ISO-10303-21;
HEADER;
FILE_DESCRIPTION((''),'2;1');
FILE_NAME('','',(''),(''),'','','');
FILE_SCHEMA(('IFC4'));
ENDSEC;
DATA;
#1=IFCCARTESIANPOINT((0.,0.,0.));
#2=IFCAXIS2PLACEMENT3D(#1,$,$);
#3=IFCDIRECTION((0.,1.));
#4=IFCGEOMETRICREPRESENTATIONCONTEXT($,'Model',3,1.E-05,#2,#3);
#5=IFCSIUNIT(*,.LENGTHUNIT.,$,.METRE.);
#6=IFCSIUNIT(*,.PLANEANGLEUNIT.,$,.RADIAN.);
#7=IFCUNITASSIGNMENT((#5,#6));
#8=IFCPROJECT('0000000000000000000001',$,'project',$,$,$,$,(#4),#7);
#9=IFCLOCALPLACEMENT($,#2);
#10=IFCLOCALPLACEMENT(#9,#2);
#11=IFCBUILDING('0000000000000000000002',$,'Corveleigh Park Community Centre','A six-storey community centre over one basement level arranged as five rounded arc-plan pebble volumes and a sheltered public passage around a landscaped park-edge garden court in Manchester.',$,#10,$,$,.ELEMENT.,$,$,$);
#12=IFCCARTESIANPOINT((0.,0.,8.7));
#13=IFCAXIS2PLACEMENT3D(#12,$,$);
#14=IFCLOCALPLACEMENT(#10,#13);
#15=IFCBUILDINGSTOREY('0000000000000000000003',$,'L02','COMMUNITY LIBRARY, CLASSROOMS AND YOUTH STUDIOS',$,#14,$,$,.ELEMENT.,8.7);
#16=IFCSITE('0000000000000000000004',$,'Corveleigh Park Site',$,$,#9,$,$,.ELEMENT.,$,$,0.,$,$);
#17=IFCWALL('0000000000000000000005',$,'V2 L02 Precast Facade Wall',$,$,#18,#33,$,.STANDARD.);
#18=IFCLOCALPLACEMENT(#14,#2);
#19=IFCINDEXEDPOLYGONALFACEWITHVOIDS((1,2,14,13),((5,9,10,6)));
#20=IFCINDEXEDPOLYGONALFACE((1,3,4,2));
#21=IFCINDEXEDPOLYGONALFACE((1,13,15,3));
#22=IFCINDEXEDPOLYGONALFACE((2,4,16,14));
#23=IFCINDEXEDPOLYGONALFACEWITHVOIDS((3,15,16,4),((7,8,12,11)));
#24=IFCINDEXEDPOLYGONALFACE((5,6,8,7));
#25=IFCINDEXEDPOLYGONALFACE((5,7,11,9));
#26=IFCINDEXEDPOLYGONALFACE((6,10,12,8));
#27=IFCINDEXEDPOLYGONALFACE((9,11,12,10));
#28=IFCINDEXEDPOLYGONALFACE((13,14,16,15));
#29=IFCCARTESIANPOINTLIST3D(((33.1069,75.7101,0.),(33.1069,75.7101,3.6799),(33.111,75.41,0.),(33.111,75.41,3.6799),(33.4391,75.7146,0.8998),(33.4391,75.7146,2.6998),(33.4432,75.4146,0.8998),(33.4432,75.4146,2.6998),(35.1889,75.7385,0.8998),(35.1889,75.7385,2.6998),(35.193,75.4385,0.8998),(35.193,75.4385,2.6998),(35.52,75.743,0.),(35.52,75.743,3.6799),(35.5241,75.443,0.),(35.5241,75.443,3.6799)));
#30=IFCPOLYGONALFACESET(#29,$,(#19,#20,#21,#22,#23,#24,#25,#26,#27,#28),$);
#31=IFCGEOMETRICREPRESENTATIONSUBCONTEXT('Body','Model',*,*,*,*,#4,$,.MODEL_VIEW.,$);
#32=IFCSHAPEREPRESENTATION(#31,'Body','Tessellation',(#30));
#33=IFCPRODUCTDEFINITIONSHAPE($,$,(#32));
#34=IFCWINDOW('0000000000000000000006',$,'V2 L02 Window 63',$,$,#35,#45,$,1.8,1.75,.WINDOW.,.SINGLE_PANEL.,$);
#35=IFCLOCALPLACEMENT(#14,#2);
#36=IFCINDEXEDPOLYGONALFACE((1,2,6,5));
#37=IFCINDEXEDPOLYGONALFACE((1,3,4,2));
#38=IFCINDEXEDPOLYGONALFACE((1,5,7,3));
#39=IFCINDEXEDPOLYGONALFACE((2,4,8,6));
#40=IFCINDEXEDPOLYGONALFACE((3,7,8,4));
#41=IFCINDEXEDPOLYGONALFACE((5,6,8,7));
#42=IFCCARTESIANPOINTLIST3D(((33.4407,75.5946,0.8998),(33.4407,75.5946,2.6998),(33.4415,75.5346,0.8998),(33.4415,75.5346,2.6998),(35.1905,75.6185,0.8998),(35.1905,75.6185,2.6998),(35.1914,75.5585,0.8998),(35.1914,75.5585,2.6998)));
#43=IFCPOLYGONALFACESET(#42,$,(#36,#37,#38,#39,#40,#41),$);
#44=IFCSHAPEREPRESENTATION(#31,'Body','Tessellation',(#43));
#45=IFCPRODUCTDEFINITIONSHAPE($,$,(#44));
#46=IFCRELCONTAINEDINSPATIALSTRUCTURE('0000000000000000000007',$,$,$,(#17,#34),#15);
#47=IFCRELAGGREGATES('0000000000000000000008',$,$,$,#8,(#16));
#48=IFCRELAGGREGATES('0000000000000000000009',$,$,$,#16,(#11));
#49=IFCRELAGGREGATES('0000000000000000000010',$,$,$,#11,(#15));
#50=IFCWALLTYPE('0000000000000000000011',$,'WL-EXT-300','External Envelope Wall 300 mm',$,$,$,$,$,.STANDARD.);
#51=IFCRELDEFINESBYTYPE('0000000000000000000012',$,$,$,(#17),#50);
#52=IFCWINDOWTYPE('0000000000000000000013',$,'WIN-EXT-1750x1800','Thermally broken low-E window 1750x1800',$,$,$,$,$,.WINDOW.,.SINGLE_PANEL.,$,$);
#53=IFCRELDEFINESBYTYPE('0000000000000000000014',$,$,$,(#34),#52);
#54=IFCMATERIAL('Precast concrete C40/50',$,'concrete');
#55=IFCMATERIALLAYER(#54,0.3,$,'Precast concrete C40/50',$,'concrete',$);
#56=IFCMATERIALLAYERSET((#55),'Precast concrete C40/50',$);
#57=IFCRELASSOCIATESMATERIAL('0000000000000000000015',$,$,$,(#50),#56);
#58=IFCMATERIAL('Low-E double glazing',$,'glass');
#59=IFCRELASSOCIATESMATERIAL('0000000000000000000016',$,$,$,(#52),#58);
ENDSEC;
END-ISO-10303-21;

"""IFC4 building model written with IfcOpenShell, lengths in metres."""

from ifc_helpers import new_model, si_unit, direction, frame, frame_2d, origin, place, context, subcontext, project, spatial, rectangle, extrude, material, layer, layer_set, type_object, element, fill, save


model = new_model("IFC4")

# Units and contexts
model_context = context("Model", 3, precision=1e-05, world=origin(), true_north=direction((0.0, 1.0)))
body_context = subcontext(model_context, "Body", "Model", "MODEL_VIEW")
ifc_project = project(units=[si_unit("LENGTHUNIT", "METRE"), si_unit("PLANEANGLEUNIT", "RADIAN")], contexts=[model_context])

# Site, building, storey
site_placement = place(None, origin())
site = spatial("IfcSite", under=ifc_project, at=site_placement, Name="Corveleigh Park Site", CompositionType="ELEMENT", RefElevation=0.0)
building_placement = place(site_placement, origin())
building = spatial("IfcBuilding", under=site, at=building_placement, Name="Corveleigh Park Community Centre", Description="A six-storey community centre over one basement level arranged as five rounded arc-plan pebble volumes and a sheltered public passage around a landscaped park-edge garden court in Manchester.", CompositionType="ELEMENT")
storey_placement = place(building_placement, frame((0.0, 0.0, 8.7)))
storey = spatial("IfcBuildingStorey", under=building, at=storey_placement, Name="L02", Description="COMMUNITY LIBRARY, CLASSROOMS AND YOUTH STUDIOS", CompositionType="ELEMENT", Elevation=8.7)

# Shared definitions
ifc_material_1 = material(Name="Low-E double glazing", Category="glass")

# Wall, opening, window
ifc_material_2 = material(Name="Precast concrete C40/50", Category="concrete")
ifc_layer_1 = layer(ifc_material_2, 0.3, Name="Precast concrete C40/50", Category="concrete")
ifc_layer_set_1 = layer_set([ifc_layer_1], Name="Precast concrete C40/50")
wall_type = type_object("IfcWallType", Name="WL-EXT-300", Description="External Envelope Wall 300 mm", PredefinedType="STANDARD", material=ifc_layer_set_1)
wall_placement = place(storey_placement, frame((35.522, 75.593, 0.0), z_axis=(0.0, 0.0, 1.0), x_axis=(-0.999907, -0.013657, 0.0)))
wall = element("IfcWall", 1, at=wall_placement, inside=storey, type_object=wall_type, Name="V2 L02 Precast Facade Wall", PredefinedType="STANDARD", context=body_context, shape_type="SweptSolid", body=[
    extrude(rectangle(XDim=2.4133, YDim=0.3, at=frame_2d((1.2065, 0.0))), origin(), (0.0, 0.0, 1.0), 3.6799),
])
opening_placement = place(wall_placement, frame((0.3311, 0.0, 0.8999)))
opening = element("IfcOpeningElement", 2, at=opening_placement, cuts=wall, PredefinedType="OPENING", context=body_context, shape_type="SweptSolid", body=[
    extrude(rectangle(XDim=1.75, YDim=1.8, at=frame_2d((0.875, 0.8999))), frame((0.0, 0.1599, 0.0), z_axis=(0.0, -1.0, 0.0), x_axis=(1.0, 0.0, 0.0)), (0.0, 0.0, 1.0), 0.3201),
])
window_type = type_object("IfcWindowType", Name="WIN-EXT-1750x1800", Description="Thermally broken low-E window 1750x1800", PartitioningType="SINGLE_PANEL", PredefinedType="WINDOW", material=ifc_material_1)
window_placement = place(opening_placement, origin())
window = element("IfcWindow", 3, at=window_placement, inside=storey, type_object=window_type, Name="V2 L02 Window 63", OverallHeight=1.8, OverallWidth=1.75, PartitioningType="SINGLE_PANEL", PredefinedType="WINDOW", context=body_context, shape_type="SweptSolid", body=[
    extrude(rectangle(XDim=1.75, YDim=1.8, at=frame_2d((0.875, 0.8999))), frame((0.0, 0.03, 0.0), z_axis=(0.0, -1.0, 0.0), x_axis=(1.0, 0.0, 0.0)), (0.0, 0.0, 1.0), 0.0601),
])
fill(opening, window)

save(model, "model.ifc")
